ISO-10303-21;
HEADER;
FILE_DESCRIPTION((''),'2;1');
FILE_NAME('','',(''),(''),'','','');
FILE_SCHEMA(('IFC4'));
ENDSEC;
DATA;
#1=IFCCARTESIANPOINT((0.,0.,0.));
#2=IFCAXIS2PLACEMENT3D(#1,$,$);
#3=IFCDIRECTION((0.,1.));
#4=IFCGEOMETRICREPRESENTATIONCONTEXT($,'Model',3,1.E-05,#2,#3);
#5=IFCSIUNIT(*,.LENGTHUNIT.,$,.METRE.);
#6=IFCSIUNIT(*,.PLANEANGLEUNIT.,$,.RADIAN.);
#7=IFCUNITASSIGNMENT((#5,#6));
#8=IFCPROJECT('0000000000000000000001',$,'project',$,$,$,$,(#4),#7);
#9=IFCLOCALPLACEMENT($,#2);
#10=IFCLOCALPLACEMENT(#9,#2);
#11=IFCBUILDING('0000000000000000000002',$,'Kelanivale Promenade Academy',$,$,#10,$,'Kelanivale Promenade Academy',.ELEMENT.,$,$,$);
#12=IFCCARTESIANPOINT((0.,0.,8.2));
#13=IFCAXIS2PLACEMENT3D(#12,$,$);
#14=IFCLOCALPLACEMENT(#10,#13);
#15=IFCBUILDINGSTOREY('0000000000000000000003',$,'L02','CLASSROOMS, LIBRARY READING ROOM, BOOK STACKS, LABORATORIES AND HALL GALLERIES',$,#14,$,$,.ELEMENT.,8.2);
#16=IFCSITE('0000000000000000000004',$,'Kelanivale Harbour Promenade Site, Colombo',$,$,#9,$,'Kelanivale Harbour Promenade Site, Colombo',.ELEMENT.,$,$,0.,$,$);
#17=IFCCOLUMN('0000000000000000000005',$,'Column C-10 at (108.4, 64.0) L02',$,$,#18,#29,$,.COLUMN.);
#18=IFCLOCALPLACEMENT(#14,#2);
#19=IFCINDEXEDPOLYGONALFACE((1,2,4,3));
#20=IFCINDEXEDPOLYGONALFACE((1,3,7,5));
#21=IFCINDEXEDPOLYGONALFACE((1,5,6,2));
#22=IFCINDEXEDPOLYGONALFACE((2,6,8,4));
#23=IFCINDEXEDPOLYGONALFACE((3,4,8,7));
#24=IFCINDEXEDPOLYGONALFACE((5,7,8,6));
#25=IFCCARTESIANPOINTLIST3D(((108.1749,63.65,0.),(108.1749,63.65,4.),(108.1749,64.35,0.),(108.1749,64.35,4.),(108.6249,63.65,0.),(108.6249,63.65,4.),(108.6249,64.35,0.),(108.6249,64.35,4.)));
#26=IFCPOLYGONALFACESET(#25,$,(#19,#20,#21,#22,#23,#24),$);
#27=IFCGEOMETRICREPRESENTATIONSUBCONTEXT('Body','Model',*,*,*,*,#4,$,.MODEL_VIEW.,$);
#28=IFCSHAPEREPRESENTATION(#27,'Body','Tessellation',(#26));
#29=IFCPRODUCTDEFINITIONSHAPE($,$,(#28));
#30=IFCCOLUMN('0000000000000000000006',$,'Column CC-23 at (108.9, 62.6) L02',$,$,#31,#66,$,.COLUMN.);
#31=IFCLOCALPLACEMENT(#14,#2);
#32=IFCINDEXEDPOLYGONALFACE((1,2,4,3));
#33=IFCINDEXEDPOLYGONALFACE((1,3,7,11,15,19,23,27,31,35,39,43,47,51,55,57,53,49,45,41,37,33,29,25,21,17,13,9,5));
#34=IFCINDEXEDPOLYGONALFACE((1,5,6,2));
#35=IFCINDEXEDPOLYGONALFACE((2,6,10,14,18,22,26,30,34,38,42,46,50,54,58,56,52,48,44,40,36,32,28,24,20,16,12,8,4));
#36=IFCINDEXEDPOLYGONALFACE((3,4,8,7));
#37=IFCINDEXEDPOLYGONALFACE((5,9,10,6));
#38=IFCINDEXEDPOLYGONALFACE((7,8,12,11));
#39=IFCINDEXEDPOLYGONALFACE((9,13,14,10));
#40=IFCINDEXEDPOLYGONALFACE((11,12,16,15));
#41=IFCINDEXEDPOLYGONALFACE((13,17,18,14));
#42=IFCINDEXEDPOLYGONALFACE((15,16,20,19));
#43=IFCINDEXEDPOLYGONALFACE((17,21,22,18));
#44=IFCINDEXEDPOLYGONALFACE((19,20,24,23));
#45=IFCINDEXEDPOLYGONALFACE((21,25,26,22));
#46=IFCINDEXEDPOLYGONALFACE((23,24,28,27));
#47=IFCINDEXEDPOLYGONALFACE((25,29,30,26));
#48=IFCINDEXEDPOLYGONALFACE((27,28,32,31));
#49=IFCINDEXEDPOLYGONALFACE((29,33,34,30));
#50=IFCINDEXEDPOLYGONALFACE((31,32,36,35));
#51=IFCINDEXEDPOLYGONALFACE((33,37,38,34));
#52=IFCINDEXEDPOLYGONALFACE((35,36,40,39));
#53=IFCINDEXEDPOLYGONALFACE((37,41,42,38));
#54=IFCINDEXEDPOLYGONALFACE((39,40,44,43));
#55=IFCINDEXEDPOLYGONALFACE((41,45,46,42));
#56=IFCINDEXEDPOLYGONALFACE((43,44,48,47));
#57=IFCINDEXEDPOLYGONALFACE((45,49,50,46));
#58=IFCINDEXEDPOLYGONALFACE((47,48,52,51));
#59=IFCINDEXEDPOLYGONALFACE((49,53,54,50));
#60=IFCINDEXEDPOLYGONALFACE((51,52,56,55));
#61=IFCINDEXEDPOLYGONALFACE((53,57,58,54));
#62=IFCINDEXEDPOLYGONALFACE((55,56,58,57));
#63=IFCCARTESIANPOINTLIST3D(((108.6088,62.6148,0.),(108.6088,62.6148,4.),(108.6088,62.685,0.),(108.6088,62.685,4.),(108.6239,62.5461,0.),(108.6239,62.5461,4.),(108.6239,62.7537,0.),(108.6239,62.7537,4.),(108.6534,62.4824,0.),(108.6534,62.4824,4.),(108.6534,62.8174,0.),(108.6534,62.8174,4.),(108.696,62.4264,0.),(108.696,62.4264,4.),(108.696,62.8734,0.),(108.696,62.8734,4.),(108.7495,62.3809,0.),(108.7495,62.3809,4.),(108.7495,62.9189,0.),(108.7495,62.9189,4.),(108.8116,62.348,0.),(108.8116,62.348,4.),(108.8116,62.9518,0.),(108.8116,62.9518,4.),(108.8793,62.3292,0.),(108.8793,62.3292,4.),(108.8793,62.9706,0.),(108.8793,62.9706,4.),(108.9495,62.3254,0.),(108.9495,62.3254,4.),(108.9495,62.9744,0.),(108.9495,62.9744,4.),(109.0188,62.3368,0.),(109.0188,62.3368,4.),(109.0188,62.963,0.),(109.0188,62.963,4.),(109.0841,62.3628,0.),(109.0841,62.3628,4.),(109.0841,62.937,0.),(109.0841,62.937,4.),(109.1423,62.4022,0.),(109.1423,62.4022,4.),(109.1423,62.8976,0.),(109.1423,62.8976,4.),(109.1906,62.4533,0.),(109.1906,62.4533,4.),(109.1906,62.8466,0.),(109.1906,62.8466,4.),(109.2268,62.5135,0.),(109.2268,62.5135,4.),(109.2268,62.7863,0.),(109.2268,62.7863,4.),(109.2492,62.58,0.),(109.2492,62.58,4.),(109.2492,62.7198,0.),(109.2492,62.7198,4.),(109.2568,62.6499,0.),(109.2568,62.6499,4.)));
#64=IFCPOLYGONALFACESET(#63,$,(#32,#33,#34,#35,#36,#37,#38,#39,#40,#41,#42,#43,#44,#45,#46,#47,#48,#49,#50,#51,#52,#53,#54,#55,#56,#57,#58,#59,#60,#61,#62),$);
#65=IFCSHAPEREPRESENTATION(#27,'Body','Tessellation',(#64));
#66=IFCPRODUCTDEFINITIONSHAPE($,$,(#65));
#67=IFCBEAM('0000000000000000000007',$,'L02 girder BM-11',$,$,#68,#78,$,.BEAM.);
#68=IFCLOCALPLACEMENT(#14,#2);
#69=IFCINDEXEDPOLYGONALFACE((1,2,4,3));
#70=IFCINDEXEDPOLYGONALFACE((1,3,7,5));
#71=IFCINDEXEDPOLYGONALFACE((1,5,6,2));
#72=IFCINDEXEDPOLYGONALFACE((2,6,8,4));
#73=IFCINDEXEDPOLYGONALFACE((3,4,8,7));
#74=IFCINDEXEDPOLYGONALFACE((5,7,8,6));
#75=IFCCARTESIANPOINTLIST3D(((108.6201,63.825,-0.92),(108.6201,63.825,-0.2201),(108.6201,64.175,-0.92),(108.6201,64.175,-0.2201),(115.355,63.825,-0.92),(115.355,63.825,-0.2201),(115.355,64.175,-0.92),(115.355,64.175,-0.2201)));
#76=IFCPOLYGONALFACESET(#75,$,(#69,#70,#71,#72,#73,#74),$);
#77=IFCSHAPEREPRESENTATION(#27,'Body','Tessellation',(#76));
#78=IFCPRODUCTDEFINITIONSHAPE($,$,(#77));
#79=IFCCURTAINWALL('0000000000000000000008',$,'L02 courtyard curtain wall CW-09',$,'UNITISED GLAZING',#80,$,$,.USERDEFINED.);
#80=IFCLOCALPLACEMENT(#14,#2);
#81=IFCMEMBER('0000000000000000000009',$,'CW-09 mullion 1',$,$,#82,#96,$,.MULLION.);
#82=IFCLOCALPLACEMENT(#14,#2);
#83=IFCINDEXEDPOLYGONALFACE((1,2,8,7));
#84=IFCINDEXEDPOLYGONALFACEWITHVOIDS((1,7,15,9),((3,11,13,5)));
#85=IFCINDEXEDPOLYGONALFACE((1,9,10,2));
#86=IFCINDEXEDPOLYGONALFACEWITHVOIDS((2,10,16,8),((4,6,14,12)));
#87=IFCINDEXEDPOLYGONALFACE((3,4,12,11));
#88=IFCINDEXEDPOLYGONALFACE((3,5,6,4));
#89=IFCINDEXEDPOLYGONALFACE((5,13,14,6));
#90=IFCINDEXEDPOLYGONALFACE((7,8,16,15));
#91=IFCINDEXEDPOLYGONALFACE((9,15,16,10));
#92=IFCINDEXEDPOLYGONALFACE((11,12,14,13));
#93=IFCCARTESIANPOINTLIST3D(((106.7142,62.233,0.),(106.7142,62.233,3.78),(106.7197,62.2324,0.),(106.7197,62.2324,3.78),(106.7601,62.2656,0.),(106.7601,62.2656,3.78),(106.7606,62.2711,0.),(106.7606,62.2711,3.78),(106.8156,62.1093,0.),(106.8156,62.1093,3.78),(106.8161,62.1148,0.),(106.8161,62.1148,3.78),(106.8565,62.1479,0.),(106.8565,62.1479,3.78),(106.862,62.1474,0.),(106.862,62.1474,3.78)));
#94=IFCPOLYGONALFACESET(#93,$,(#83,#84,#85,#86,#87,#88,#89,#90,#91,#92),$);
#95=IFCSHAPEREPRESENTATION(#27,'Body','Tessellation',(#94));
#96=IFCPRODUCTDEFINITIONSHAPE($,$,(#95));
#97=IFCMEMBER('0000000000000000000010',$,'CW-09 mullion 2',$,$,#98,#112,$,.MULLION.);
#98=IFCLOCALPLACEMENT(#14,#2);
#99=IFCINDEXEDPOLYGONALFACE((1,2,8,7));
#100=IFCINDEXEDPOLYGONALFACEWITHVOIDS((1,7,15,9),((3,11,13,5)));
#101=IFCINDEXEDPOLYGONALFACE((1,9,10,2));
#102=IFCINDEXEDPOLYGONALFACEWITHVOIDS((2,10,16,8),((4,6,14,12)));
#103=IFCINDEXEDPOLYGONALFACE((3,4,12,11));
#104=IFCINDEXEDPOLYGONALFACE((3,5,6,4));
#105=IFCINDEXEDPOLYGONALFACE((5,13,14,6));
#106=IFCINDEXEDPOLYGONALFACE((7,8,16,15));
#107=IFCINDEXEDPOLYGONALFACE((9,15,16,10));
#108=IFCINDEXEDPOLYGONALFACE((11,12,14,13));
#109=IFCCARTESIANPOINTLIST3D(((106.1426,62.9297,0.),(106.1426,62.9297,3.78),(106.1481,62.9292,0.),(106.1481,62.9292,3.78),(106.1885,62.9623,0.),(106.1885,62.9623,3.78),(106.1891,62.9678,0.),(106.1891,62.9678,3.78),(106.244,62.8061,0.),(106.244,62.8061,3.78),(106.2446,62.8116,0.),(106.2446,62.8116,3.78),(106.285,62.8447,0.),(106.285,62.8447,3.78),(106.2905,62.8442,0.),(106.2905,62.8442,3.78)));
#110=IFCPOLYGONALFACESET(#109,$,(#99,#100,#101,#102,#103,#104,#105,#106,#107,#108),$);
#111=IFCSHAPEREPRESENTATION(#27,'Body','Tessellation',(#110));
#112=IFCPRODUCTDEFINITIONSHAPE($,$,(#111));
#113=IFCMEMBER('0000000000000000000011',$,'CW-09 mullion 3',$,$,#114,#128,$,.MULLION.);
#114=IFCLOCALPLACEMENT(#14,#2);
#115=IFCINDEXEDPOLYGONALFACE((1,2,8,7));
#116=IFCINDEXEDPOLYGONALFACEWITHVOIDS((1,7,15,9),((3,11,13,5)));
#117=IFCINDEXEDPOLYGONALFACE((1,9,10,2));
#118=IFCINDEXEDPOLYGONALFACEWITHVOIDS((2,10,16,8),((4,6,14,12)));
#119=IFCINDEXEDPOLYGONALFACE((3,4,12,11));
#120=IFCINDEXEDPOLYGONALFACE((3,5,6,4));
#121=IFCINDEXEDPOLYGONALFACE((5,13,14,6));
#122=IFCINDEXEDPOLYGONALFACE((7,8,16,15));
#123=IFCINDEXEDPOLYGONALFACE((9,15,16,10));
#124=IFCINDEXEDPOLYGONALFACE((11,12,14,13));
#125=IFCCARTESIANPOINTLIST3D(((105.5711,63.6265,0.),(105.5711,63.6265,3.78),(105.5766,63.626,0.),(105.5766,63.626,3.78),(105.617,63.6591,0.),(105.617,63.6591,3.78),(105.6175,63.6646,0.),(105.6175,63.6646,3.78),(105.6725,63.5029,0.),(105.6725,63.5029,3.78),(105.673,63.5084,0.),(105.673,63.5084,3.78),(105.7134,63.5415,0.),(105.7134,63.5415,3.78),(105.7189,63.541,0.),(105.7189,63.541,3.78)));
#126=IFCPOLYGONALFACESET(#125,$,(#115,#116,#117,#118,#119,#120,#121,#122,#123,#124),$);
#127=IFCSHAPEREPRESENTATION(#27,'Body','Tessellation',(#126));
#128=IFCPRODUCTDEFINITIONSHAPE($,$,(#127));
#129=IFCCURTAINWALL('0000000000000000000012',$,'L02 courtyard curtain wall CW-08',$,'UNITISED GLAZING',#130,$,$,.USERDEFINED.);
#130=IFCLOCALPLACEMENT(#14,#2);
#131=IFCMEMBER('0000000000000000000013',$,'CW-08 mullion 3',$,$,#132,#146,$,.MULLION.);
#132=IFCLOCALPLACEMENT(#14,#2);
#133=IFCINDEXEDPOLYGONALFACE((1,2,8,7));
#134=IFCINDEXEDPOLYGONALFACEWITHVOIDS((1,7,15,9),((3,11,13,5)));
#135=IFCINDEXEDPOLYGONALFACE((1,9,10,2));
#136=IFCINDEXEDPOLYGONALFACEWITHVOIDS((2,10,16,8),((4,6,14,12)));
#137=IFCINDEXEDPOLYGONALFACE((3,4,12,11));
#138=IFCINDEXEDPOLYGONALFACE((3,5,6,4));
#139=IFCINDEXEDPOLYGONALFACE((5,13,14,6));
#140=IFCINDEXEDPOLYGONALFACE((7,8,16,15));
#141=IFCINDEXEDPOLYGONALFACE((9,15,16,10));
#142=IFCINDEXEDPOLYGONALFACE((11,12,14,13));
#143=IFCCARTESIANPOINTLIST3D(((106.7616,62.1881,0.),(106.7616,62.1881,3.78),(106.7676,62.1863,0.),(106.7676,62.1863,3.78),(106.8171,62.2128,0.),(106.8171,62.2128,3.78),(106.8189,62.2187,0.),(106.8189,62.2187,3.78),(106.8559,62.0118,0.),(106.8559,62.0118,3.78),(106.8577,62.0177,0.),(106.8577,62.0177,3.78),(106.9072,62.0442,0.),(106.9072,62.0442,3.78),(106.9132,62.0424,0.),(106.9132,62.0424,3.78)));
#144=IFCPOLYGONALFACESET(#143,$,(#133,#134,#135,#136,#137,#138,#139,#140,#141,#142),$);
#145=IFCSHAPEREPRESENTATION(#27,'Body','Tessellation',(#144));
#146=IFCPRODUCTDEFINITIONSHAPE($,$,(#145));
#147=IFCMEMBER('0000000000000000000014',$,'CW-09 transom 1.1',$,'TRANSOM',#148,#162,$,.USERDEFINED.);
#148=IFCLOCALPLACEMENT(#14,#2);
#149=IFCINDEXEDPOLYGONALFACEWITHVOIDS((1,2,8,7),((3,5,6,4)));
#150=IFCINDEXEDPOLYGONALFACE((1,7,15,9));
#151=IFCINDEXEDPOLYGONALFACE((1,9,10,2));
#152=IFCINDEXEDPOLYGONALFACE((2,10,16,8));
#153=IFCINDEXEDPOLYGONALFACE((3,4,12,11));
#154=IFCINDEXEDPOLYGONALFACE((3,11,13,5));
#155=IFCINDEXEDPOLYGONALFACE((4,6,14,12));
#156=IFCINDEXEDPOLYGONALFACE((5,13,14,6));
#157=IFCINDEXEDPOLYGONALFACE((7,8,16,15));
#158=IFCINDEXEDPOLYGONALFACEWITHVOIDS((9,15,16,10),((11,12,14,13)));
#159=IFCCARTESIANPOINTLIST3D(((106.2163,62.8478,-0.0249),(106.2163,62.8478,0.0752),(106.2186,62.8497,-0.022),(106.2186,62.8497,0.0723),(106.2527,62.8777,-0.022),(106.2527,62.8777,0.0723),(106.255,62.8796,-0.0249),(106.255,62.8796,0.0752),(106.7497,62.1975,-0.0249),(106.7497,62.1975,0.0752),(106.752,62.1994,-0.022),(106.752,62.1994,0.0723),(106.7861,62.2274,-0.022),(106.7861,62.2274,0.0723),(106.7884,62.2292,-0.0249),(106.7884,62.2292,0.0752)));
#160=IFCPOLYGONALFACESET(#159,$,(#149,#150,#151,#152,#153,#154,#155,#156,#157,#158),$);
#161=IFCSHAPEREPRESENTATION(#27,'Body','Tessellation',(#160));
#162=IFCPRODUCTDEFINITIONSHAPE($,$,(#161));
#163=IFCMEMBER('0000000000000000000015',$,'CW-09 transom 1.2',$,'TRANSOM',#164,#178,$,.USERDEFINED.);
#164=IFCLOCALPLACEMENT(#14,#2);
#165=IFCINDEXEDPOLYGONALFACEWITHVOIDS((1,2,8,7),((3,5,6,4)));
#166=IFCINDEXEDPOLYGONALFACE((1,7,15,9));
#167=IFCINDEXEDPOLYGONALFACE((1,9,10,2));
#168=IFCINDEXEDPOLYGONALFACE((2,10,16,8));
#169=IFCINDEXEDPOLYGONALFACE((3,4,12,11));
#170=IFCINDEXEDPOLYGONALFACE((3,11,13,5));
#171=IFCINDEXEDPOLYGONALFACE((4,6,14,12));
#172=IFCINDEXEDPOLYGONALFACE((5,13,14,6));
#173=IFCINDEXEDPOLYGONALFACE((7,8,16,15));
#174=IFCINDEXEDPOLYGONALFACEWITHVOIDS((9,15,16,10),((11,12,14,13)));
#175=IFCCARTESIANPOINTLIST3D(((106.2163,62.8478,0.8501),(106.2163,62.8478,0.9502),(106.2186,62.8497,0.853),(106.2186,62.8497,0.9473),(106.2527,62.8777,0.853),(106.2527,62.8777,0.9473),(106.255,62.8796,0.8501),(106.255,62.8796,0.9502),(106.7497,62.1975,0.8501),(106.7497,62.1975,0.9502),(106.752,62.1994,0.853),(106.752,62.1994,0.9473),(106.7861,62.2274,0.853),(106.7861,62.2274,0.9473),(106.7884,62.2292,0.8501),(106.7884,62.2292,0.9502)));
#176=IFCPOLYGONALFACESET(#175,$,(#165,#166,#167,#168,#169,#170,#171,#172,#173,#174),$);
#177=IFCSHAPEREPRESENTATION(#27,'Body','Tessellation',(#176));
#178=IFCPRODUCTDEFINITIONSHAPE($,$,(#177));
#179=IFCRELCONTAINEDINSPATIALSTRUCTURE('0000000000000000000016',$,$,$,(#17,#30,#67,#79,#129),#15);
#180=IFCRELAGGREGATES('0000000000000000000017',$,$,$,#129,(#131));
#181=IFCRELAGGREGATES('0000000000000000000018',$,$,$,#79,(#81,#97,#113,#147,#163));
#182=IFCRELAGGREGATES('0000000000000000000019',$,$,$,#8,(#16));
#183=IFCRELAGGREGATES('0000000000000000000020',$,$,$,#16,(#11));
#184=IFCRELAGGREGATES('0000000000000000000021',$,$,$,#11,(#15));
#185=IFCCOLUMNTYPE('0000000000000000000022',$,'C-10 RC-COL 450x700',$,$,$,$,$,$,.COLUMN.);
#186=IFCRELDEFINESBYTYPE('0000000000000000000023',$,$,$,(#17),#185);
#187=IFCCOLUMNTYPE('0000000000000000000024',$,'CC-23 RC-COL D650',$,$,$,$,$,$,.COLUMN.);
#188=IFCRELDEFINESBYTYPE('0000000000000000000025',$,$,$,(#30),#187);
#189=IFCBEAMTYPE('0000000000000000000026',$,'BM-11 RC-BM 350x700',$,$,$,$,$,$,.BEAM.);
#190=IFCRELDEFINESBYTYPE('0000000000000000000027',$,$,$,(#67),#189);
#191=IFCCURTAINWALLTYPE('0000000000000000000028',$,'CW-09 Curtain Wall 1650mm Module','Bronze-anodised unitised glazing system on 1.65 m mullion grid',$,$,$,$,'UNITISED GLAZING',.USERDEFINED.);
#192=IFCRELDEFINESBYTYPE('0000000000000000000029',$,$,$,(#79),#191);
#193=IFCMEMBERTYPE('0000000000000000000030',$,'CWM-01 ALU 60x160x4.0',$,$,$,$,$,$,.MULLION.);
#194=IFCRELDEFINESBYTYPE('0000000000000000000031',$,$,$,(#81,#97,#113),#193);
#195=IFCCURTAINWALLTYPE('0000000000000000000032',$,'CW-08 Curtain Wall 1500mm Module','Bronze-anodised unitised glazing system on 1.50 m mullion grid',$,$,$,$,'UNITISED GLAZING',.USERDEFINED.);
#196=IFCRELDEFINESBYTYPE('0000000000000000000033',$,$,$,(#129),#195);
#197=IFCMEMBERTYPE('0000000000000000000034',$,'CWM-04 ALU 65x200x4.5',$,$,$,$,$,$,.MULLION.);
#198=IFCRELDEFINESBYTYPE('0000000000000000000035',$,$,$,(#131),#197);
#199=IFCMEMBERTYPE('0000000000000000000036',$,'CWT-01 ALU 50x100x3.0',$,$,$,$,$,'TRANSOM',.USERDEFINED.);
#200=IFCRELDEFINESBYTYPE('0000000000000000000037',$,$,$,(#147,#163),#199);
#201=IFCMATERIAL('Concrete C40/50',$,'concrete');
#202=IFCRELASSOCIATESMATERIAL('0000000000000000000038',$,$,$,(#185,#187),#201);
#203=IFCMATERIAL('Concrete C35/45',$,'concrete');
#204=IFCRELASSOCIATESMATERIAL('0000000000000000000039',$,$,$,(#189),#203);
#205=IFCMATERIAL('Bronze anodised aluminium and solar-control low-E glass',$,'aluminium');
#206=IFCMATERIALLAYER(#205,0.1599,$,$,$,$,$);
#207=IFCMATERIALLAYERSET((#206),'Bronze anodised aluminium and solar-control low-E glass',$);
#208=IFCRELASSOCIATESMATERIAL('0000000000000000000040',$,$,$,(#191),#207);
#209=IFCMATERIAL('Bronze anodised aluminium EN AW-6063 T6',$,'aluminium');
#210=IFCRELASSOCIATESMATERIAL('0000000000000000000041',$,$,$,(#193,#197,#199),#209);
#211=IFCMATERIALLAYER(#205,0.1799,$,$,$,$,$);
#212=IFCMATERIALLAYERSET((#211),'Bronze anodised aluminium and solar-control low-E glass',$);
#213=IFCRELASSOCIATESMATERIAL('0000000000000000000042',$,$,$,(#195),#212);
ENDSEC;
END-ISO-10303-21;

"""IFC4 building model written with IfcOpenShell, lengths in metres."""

from ifc_helpers import new_model, si_unit, direction, frame, origin, origin_2d, place, context, subcontext, project, spatial, rectangle, hollow_rectangle, circle, extrude, material, layer, layer_set, material_profile, profile_set, type_object, element, aggregate, save


model = new_model("IFC4")

# Units and contexts
model_context = context("Model", 3, precision=1e-05, world=origin(), true_north=direction((0.0, 1.0)))
body_context = subcontext(model_context, "Body", "Model", "MODEL_VIEW")
ifc_project = project(units=[si_unit("LENGTHUNIT", "METRE"), si_unit("PLANEANGLEUNIT", "RADIAN")], contexts=[model_context])

# Site, building, storey
site_placement = place(None, origin())
site = spatial("IfcSite", under=ifc_project, at=site_placement, Name="Kelanivale Harbour Promenade Site, Colombo", LongName="Kelanivale Harbour Promenade Site, Colombo", CompositionType="ELEMENT", RefElevation=0.0)
building_placement = place(site_placement, origin())
building = spatial("IfcBuilding", under=site, at=building_placement, Name="Kelanivale Promenade Academy", LongName="Kelanivale Promenade Academy", CompositionType="ELEMENT")
storey_placement = place(building_placement, frame((0.0, 0.0, 8.2)))
storey = spatial("IfcBuildingStorey", under=building, at=storey_placement, Name="L02", Description="CLASSROOMS, LIBRARY READING ROOM, BOOK STACKS, LABORATORIES AND HALL GALLERIES", CompositionType="ELEMENT", Elevation=8.2)

# Columns
ifc_material_1 = material(Name="Concrete C40/50", Category="concrete")
ifc_material_profile_1 = material_profile(ifc_material_1, rectangle(XDim=0.45, YDim=0.7, at=origin_2d()), Name="RC-COL 450x700")
ifc_profile_set_1 = profile_set([ifc_material_profile_1], Name="Concrete C40/50")
column_type_1 = type_object("IfcColumnType", Name="C-10 RC-COL 450x700", PredefinedType="COLUMN", material=ifc_profile_set_1)
column_1_placement = place(storey_placement, frame((108.3999, 64.0, 0.0), z_axis=(0.0, 0.0, 1.0), x_axis=(1.0, 0.0, 0.0)))
element("IfcColumn", 1, at=column_1_placement, inside=storey, type_object=column_type_1, Name="Column C-10 at (108.4, 64.0) L02", PredefinedType="COLUMN", context=body_context, shape_type="SweptSolid", body=[
    extrude(rectangle(XDim=0.45, YDim=0.7, at=origin_2d()), origin(), (0.0, 0.0, 1.0), 4.0),
])
ifc_material_profile_2 = material_profile(ifc_material_1, circle(Radius=0.325, at=origin_2d()), Name="RC-COL D650")
ifc_profile_set_2 = profile_set([ifc_material_profile_2], Name="Concrete C40/50")
column_type_2 = type_object("IfcColumnType", Name="CC-23 RC-COL D650", PredefinedType="COLUMN", material=ifc_profile_set_2)
column_2_placement = place(storey_placement, frame((108.9319, 62.6499, 0.0), z_axis=(0.0, 0.0, 1.0), x_axis=(1.0, 0.0, 0.0)))
element("IfcColumn", 2, at=column_2_placement, inside=storey, type_object=column_type_2, Name="Column CC-23 at (108.9, 62.6) L02", PredefinedType="COLUMN", context=body_context, shape_type="SweptSolid", body=[
    extrude(circle(Radius=0.325, at=origin_2d()), origin(), (0.0, 0.0, 1.0), 4.0),
])

# Beam
ifc_material_2 = material(Name="Concrete C35/45", Category="concrete")
ifc_material_profile_3 = material_profile(ifc_material_2, rectangle(XDim=0.3501, YDim=0.7, at=origin_2d()), Name="RC-BM 350x700")
ifc_profile_set_3 = profile_set([ifc_material_profile_3], Name="Concrete C35/45")
beam_type_1 = type_object("IfcBeamType", Name="BM-11 RC-BM 350x700", PredefinedType="BEAM", material=ifc_profile_set_3)
beam_1_placement = place(storey_placement, frame((108.6201, 64.0, -0.5701), z_axis=(1.0, 0.0, 0.0), x_axis=(0.0, 1.0, 0.0)))
element("IfcBeam", 3, at=beam_1_placement, inside=storey, type_object=beam_type_1, Name="L02 girder BM-11", PredefinedType="BEAM", context=body_context, shape_type="SweptSolid", body=[
    extrude(rectangle(XDim=0.3501, YDim=0.7, at=origin_2d()), origin(), (0.0, 0.0, 1.0), 6.7349),
])

# Curtain wall, members
ifc_material_3 = material(Name="Bronze anodised aluminium and solar-control low-E glass", Category="aluminium")
ifc_layer_1 = layer(ifc_material_3, 0.1599)
ifc_layer_set_1 = layer_set([ifc_layer_1], Name="Bronze anodised aluminium and solar-control low-E glass")
curtain_wall_type_1 = type_object("IfcCurtainWallType", Name="CW-09 Curtain Wall 1650mm Module", Description="Bronze-anodised unitised glazing system on 1.65 m mullion grid", ElementType="UNITISED GLAZING", PredefinedType="USERDEFINED", material=ifc_layer_set_1)
curtain_wall_1_placement = place(storey_placement, origin())
curtain_wall_1 = element("IfcCurtainWall", 4, at=curtain_wall_1_placement, inside=storey, type_object=curtain_wall_type_1, Name="L02 courtyard curtain wall CW-09", ObjectType="UNITISED GLAZING", PredefinedType="USERDEFINED")
ifc_material_4 = material(Name="Bronze anodised aluminium EN AW-6063 T6", Category="aluminium")
ifc_material_profile_4 = material_profile(ifc_material_4, hollow_rectangle(XDim=0.0601, YDim=0.1599, WallThickness=0.0039, at=origin_2d()), Name="ALU 60x160x4.0")
ifc_profile_set_4 = profile_set([ifc_material_profile_4], Name="Bronze anodised aluminium EN AW-6063 T6")
member_type_1 = type_object("IfcMemberType", Name="CWM-01 ALU 60x160x4.0", PredefinedType="MULLION", material=ifc_profile_set_4)
member_1_placement = place(storey_placement, frame((106.7881, 62.1902, 0.0), z_axis=(0.0, 0.0, 1.0), x_axis=(-0.773215, -0.634144, 0.0)))
member_1 = element("IfcMember", 5, at=member_1_placement, type_object=member_type_1, Name="CW-09 mullion 1", PredefinedType="MULLION", context=body_context, shape_type="SweptSolid", body=[
    extrude(hollow_rectangle(XDim=0.0601, YDim=0.1599, WallThickness=0.0039, at=origin_2d()), origin(), (0.0, 0.0, 1.0), 3.78),
])
member_2_placement = place(storey_placement, frame((106.2166, 62.887, 0.0), z_axis=(0.0, 0.0, 1.0), x_axis=(-0.773215, -0.634144, 0.0)))
member_2 = element("IfcMember", 6, at=member_2_placement, type_object=member_type_1, Name="CW-09 mullion 2", PredefinedType="MULLION", context=body_context, shape_type="SweptSolid", body=[
    extrude(hollow_rectangle(XDim=0.0601, YDim=0.1599, WallThickness=0.0039, at=origin_2d()), origin(), (0.0, 0.0, 1.0), 3.78),
])
member_3_placement = place(storey_placement, frame((105.645, 63.5837, 0.0), z_axis=(0.0, 0.0, 1.0), x_axis=(-0.773215, -0.634144, 0.0)))
member_3 = element("IfcMember", 7, at=member_3_placement, type_object=member_type_1, Name="CW-09 mullion 3", PredefinedType="MULLION", context=body_context, shape_type="SweptSolid", body=[
    extrude(hollow_rectangle(XDim=0.0601, YDim=0.1599, WallThickness=0.0039, at=origin_2d()), origin(), (0.0, 0.0, 1.0), 3.78),
])

# Curtain wall, member
ifc_layer_2 = layer(ifc_material_3, 0.1799)
ifc_layer_set_2 = layer_set([ifc_layer_2], Name="Bronze anodised aluminium and solar-control low-E glass")
curtain_wall_type_2 = type_object("IfcCurtainWallType", Name="CW-08 Curtain Wall 1500mm Module", Description="Bronze-anodised unitised glazing system on 1.50 m mullion grid", ElementType="UNITISED GLAZING", PredefinedType="USERDEFINED", material=ifc_layer_set_2)
curtain_wall_2_placement = place(storey_placement, origin())
curtain_wall_2 = element("IfcCurtainWall", 8, at=curtain_wall_2_placement, inside=storey, type_object=curtain_wall_type_2, Name="L02 courtyard curtain wall CW-08", ObjectType="UNITISED GLAZING", PredefinedType="USERDEFINED")
ifc_material_profile_5 = material_profile(ifc_material_4, hollow_rectangle(XDim=0.0649, YDim=0.2, WallThickness=0.0044, at=origin_2d()), Name="ALU 65x200x4.5")
ifc_profile_set_5 = profile_set([ifc_material_profile_5], Name="Bronze anodised aluminium EN AW-6063 T6")
member_type_2 = type_object("IfcMemberType", Name="CWM-04 ALU 65x200x4.5", PredefinedType="MULLION", material=ifc_profile_set_5)
member_4_placement = place(storey_placement, frame((106.8374, 62.1152, 0.0), z_axis=(0.0, 0.0, 1.0), x_axis=(-0.881978, -0.47129, 0.0)))
member_4 = element("IfcMember", 9, at=member_4_placement, type_object=member_type_2, Name="CW-08 mullion 3", PredefinedType="MULLION", context=body_context, shape_type="SweptSolid", body=[
    extrude(hollow_rectangle(XDim=0.0649, YDim=0.2, WallThickness=0.0044, at=origin_2d()), origin(), (0.0, 0.0, 1.0), 3.78),
])

# Members
ifc_material_profile_6 = material_profile(ifc_material_4, hollow_rectangle(XDim=0.05, YDim=0.1001, WallThickness=0.0029, at=origin_2d()), Name="ALU 50x100x3.0")
ifc_profile_set_6 = profile_set([ifc_material_profile_6], Name="Bronze anodised aluminium EN AW-6063 T6")
member_type_3 = type_object("IfcMemberType", Name="CWT-01 ALU 50x100x3.0", ElementType="TRANSOM", PredefinedType="USERDEFINED", material=ifc_profile_set_6)
member_5_placement = place(storey_placement, frame((106.769, 62.2134, 0.0251), z_axis=(-0.63417, 0.773194, 0.0), x_axis=(-0.773194, -0.63417, 0.0)))
member_5 = element("IfcMember", 10, at=member_5_placement, type_object=member_type_3, Name="CW-09 transom 1.1", ObjectType="TRANSOM", PredefinedType="USERDEFINED", context=body_context, shape_type="SweptSolid", body=[
    extrude(hollow_rectangle(XDim=0.05, YDim=0.1001, WallThickness=0.0029, at=origin_2d()), origin(), (0.0, 0.0, 1.0), 0.8411),
])
member_6_placement = place(storey_placement, frame((106.769, 62.2134, 0.9001), z_axis=(-0.63417, 0.773194, 0.0), x_axis=(-0.773194, -0.63417, 0.0)))
member_6 = element("IfcMember", 11, at=member_6_placement, type_object=member_type_3, Name="CW-09 transom 1.2", ObjectType="TRANSOM", PredefinedType="USERDEFINED", context=body_context, shape_type="SweptSolid", body=[
    extrude(hollow_rectangle(XDim=0.05, YDim=0.1001, WallThickness=0.0029, at=origin_2d()), origin(), (0.0, 0.0, 1.0), 0.8411),
])

aggregate(curtain_wall_2, [member_4])
aggregate(curtain_wall_1, [member_1, member_2, member_3, member_5, member_6])

save(model, "model.ifc")
